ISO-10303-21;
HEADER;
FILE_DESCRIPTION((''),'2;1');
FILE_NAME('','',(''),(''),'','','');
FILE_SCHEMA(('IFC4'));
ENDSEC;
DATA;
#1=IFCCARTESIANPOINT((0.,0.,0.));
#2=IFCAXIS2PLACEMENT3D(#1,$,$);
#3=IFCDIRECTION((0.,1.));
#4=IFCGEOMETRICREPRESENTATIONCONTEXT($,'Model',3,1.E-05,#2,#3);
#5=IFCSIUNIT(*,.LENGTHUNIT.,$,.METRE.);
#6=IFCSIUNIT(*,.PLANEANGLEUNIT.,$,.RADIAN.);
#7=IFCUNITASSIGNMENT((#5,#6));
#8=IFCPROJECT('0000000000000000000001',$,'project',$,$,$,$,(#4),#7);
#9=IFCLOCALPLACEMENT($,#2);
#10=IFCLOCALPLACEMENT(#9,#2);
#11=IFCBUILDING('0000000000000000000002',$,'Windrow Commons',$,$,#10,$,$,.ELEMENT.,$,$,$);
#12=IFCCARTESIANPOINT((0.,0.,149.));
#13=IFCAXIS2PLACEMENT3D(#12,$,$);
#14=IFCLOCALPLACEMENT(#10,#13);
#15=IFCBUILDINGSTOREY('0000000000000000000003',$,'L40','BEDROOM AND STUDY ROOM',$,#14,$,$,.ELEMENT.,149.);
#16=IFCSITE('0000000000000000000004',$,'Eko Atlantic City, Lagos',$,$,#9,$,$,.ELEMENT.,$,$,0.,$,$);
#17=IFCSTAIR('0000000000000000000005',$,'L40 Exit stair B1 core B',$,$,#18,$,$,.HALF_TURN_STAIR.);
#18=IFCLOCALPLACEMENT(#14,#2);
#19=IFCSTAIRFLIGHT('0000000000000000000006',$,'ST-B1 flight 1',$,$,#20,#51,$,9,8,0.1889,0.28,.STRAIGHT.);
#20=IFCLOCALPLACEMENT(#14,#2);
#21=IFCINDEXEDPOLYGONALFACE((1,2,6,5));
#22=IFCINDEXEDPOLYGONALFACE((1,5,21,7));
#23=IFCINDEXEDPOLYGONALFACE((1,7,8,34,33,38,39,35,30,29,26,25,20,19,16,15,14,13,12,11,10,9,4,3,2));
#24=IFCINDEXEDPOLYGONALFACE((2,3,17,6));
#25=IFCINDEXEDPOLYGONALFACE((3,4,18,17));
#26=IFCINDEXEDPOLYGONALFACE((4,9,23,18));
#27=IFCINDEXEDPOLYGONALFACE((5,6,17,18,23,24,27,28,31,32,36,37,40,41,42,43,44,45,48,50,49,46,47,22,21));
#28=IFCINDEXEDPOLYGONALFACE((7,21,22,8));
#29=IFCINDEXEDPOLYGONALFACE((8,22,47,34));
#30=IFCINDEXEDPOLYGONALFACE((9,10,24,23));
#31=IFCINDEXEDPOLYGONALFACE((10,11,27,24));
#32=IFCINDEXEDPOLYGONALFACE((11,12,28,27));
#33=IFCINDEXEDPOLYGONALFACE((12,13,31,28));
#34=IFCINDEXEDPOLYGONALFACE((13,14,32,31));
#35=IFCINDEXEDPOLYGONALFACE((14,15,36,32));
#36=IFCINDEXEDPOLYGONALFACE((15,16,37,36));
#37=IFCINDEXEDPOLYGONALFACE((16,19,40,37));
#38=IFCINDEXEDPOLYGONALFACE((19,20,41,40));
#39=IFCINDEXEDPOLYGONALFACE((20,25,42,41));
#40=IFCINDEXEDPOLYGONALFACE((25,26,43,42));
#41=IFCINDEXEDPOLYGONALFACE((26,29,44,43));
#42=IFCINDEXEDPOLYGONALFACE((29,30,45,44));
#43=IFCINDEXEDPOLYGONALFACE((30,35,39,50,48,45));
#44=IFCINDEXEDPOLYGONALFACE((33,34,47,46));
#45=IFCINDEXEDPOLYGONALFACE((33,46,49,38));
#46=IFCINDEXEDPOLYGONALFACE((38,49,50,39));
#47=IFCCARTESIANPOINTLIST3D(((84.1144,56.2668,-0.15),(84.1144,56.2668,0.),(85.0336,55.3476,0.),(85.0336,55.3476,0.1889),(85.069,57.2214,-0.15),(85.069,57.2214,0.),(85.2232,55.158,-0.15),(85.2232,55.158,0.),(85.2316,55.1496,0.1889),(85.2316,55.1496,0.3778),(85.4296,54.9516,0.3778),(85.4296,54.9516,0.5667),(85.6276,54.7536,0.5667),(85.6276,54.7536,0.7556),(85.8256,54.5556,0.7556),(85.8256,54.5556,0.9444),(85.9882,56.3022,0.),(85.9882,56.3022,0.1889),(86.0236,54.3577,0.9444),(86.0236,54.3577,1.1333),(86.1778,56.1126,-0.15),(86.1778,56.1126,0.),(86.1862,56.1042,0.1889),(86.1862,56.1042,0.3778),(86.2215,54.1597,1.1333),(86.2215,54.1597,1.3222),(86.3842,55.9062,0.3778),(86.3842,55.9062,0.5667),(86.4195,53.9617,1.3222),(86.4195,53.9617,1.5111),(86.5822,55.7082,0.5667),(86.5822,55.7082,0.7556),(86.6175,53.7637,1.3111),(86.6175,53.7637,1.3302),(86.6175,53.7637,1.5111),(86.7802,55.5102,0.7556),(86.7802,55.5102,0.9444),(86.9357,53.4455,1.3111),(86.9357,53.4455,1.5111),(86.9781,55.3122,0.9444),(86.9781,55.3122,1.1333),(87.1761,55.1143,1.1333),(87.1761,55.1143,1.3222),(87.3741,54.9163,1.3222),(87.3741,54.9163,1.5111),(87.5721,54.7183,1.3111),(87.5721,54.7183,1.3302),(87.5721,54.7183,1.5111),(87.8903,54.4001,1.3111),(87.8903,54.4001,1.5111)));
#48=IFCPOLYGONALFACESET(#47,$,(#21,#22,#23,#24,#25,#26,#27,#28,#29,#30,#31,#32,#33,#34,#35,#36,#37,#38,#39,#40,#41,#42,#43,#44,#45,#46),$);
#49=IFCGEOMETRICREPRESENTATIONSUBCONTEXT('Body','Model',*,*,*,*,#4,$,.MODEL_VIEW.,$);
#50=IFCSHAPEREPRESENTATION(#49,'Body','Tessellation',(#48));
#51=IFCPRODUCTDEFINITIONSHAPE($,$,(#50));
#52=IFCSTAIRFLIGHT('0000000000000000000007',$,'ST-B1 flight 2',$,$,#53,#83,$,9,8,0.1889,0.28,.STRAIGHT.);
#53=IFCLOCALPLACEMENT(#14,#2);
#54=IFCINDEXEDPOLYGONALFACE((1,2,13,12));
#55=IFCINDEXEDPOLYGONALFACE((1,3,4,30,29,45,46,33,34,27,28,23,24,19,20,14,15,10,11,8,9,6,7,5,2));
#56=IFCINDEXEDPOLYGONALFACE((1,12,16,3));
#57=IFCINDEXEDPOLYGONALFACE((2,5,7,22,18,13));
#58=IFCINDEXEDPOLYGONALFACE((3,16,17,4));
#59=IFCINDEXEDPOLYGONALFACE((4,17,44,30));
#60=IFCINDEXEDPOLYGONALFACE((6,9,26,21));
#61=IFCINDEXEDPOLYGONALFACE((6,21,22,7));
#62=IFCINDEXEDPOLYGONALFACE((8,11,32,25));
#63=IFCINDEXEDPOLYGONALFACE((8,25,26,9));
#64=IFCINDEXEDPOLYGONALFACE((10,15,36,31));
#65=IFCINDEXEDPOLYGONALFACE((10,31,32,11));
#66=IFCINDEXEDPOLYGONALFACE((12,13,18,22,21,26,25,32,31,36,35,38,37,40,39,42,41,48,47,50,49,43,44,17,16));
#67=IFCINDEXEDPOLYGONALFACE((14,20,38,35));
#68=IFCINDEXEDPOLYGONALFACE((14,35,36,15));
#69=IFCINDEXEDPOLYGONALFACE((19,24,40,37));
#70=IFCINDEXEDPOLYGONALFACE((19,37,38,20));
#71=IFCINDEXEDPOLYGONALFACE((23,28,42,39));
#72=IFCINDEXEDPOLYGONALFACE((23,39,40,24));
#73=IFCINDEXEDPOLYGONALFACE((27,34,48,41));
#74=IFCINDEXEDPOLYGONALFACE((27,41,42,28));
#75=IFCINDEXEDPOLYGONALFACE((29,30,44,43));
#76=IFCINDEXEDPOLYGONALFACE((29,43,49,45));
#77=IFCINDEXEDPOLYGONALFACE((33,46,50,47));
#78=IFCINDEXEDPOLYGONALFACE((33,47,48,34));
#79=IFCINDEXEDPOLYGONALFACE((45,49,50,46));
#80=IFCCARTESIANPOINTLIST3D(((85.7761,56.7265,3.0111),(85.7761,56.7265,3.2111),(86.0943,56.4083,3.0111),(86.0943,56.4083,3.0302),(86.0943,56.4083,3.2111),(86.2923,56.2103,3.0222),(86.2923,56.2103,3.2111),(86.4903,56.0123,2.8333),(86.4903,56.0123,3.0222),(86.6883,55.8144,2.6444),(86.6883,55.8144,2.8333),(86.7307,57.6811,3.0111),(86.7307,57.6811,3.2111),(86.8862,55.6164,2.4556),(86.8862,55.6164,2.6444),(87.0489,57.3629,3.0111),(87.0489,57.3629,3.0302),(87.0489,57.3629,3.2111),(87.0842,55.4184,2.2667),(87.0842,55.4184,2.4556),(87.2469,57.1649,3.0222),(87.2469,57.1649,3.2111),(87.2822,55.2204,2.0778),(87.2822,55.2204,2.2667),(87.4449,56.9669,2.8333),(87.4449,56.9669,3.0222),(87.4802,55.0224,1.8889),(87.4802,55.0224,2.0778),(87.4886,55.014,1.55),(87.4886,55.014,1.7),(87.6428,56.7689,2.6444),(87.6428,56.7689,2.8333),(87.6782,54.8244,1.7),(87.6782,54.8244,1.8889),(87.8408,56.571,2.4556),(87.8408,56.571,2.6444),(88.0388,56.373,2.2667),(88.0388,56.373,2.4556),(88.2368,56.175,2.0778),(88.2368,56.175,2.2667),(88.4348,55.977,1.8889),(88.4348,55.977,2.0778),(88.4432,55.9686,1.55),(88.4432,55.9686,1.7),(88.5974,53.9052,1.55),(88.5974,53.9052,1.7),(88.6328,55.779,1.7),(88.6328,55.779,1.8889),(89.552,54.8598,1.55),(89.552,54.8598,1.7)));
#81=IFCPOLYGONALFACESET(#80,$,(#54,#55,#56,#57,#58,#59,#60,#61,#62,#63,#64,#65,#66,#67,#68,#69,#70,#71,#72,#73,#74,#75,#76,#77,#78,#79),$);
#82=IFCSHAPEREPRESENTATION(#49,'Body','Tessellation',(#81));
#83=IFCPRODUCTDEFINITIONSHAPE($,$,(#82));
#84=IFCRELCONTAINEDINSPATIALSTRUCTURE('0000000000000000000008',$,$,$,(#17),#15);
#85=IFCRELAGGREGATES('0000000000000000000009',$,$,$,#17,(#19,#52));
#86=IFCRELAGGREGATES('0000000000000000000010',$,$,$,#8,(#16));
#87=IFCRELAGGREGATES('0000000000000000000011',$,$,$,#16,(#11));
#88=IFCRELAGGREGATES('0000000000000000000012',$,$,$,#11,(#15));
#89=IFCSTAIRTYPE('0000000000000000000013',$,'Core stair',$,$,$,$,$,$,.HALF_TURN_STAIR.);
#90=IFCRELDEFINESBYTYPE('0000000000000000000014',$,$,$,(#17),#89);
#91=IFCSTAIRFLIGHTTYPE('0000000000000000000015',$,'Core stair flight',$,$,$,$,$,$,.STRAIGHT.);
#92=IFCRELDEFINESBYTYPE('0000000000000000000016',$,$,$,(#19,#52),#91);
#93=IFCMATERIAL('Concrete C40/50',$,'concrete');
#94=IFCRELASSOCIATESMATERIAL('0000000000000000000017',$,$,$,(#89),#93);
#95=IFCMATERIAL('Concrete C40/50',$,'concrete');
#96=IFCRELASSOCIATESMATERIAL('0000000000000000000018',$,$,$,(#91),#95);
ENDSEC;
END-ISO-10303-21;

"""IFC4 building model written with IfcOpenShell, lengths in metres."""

from ifc_helpers import new_model, si_unit, direction, frame, origin, place, context, subcontext, project, spatial, polyline, outline, extrude, material, type_object, element, aggregate, save


model = new_model("IFC4")

# Units and contexts
model_context = context("Model", 3, precision=1e-05, world=origin(), true_north=direction((0.0, 1.0)))
body_context = subcontext(model_context, "Body", "Model", "MODEL_VIEW")
ifc_project = project(units=[si_unit("LENGTHUNIT", "METRE"), si_unit("PLANEANGLEUNIT", "RADIAN")], contexts=[model_context])

# Site, building, storey
site_placement = place(None, origin())
site = spatial("IfcSite", under=ifc_project, at=site_placement, Name="Eko Atlantic City, Lagos", CompositionType="ELEMENT", RefElevation=0.0)
building_placement = place(site_placement, origin())
building = spatial("IfcBuilding", under=site, at=building_placement, Name="Windrow Commons", CompositionType="ELEMENT")
storey_placement = place(building_placement, frame((0.0, 0.0, 149.0)))
storey = spatial("IfcBuildingStorey", under=building, at=storey_placement, Name="L40", Description="BEDROOM AND STUDY ROOM", CompositionType="ELEMENT", Elevation=149.0)

# Stair, stair flights
ifc_material_1 = material(Name="Concrete C40/50", Category="concrete")
stair_type = type_object("IfcStairType", Name="Core stair", PredefinedType="HALF_TURN_STAIR", material=ifc_material_1)
stair_placement = place(storey_placement, origin())
stair = element("IfcStair", 1, at=stair_placement, inside=storey, type_object=stair_type, Name="L40 Exit stair B1 core B", PredefinedType="HALF_TURN_STAIR")
ifc_material_2 = material(Name="Concrete C40/50", Category="concrete")
stair_flight_type = type_object("IfcStairFlightType", Name="Core stair flight", PredefinedType="STRAIGHT", material=ifc_material_2)
stair_flight_1_placement = place(storey_placement, frame((85.5109, 55.8249, 0.0), z_axis=(0.0, 0.0, 1.0), x_axis=(0.707107, -0.707107, 0.0)))
stair_flight_1 = element("IfcStairFlight", 2, at=stair_flight_1_placement, type_object=stair_flight_type, Name="ST-B1 flight 1", NumberOfRisers=9, NumberOfTreads=8, PredefinedType="STRAIGHT", RiserHeight=0.1889, TreadLength=0.28, context=body_context, shape_type="SweptSolid", body=[
    extrude(outline(polyline([(-1.3, -0.15), (-1.3, 0.0), (0.0, 0.0), (0.0, 0.1889), (0.28, 0.1889), (0.28, 0.3778), (0.56, 0.3778), (0.56, 0.5667), (0.84, 0.5667), (0.84, 0.7556), (1.12, 0.7556), (1.12, 0.9444), (1.4, 0.9444), (1.4, 1.1333), (1.68, 1.1333), (1.68, 1.3222), (1.96, 1.3222), (1.96, 1.5111), (2.24, 1.5111), (2.69, 1.5111), (2.69, 1.3111), (2.24, 1.3111), (2.24, 1.3302), (0.2682, 0.0), (0.2682, -0.15), (-1.3, -0.15)])), frame((0.0, 0.675, 0.0), z_axis=(0.0, -1.0, 0.0), x_axis=(1.0, 0.0, 0.0)), (0.0, 0.0, 1.0), 1.35),
])
stair_flight_2_placement = place(storey_placement, frame((88.1555, 55.3017, 1.7), z_axis=(0.0, 0.0, 1.0), x_axis=(-0.707107, 0.707107, 0.0)))
stair_flight_2 = element("IfcStairFlight", 3, at=stair_flight_2_placement, type_object=stair_flight_type, Name="ST-B1 flight 2", NumberOfRisers=9, NumberOfTreads=8, PredefinedType="STRAIGHT", RiserHeight=0.1889, TreadLength=0.28, context=body_context, shape_type="SweptSolid", body=[
    extrude(outline(polyline([(-1.3, -0.15), (-1.3, 0.0), (0.0, 0.0), (0.0, 0.1889), (0.28, 0.1889), (0.28, 0.3778), (0.56, 0.3778), (0.56, 0.5667), (0.84, 0.5667), (0.84, 0.7556), (1.12, 0.7556), (1.12, 0.9444), (1.4, 0.9444), (1.4, 1.1333), (1.68, 1.1333), (1.68, 1.3222), (1.96, 1.3222), (1.96, 1.5111), (2.24, 1.5111), (2.69, 1.5111), (2.69, 1.3111), (2.24, 1.3111), (2.24, 1.3302), (0.2682, 0.0), (0.2682, -0.15), (-1.3, -0.15)])), frame((0.0, 0.675, 0.0), z_axis=(0.0, -1.0, 0.0), x_axis=(1.0, 0.0, 0.0)), (0.0, 0.0, 1.0), 1.35),
])
aggregate(stair, [stair_flight_1, stair_flight_2])

save(model, "model.ifc")
